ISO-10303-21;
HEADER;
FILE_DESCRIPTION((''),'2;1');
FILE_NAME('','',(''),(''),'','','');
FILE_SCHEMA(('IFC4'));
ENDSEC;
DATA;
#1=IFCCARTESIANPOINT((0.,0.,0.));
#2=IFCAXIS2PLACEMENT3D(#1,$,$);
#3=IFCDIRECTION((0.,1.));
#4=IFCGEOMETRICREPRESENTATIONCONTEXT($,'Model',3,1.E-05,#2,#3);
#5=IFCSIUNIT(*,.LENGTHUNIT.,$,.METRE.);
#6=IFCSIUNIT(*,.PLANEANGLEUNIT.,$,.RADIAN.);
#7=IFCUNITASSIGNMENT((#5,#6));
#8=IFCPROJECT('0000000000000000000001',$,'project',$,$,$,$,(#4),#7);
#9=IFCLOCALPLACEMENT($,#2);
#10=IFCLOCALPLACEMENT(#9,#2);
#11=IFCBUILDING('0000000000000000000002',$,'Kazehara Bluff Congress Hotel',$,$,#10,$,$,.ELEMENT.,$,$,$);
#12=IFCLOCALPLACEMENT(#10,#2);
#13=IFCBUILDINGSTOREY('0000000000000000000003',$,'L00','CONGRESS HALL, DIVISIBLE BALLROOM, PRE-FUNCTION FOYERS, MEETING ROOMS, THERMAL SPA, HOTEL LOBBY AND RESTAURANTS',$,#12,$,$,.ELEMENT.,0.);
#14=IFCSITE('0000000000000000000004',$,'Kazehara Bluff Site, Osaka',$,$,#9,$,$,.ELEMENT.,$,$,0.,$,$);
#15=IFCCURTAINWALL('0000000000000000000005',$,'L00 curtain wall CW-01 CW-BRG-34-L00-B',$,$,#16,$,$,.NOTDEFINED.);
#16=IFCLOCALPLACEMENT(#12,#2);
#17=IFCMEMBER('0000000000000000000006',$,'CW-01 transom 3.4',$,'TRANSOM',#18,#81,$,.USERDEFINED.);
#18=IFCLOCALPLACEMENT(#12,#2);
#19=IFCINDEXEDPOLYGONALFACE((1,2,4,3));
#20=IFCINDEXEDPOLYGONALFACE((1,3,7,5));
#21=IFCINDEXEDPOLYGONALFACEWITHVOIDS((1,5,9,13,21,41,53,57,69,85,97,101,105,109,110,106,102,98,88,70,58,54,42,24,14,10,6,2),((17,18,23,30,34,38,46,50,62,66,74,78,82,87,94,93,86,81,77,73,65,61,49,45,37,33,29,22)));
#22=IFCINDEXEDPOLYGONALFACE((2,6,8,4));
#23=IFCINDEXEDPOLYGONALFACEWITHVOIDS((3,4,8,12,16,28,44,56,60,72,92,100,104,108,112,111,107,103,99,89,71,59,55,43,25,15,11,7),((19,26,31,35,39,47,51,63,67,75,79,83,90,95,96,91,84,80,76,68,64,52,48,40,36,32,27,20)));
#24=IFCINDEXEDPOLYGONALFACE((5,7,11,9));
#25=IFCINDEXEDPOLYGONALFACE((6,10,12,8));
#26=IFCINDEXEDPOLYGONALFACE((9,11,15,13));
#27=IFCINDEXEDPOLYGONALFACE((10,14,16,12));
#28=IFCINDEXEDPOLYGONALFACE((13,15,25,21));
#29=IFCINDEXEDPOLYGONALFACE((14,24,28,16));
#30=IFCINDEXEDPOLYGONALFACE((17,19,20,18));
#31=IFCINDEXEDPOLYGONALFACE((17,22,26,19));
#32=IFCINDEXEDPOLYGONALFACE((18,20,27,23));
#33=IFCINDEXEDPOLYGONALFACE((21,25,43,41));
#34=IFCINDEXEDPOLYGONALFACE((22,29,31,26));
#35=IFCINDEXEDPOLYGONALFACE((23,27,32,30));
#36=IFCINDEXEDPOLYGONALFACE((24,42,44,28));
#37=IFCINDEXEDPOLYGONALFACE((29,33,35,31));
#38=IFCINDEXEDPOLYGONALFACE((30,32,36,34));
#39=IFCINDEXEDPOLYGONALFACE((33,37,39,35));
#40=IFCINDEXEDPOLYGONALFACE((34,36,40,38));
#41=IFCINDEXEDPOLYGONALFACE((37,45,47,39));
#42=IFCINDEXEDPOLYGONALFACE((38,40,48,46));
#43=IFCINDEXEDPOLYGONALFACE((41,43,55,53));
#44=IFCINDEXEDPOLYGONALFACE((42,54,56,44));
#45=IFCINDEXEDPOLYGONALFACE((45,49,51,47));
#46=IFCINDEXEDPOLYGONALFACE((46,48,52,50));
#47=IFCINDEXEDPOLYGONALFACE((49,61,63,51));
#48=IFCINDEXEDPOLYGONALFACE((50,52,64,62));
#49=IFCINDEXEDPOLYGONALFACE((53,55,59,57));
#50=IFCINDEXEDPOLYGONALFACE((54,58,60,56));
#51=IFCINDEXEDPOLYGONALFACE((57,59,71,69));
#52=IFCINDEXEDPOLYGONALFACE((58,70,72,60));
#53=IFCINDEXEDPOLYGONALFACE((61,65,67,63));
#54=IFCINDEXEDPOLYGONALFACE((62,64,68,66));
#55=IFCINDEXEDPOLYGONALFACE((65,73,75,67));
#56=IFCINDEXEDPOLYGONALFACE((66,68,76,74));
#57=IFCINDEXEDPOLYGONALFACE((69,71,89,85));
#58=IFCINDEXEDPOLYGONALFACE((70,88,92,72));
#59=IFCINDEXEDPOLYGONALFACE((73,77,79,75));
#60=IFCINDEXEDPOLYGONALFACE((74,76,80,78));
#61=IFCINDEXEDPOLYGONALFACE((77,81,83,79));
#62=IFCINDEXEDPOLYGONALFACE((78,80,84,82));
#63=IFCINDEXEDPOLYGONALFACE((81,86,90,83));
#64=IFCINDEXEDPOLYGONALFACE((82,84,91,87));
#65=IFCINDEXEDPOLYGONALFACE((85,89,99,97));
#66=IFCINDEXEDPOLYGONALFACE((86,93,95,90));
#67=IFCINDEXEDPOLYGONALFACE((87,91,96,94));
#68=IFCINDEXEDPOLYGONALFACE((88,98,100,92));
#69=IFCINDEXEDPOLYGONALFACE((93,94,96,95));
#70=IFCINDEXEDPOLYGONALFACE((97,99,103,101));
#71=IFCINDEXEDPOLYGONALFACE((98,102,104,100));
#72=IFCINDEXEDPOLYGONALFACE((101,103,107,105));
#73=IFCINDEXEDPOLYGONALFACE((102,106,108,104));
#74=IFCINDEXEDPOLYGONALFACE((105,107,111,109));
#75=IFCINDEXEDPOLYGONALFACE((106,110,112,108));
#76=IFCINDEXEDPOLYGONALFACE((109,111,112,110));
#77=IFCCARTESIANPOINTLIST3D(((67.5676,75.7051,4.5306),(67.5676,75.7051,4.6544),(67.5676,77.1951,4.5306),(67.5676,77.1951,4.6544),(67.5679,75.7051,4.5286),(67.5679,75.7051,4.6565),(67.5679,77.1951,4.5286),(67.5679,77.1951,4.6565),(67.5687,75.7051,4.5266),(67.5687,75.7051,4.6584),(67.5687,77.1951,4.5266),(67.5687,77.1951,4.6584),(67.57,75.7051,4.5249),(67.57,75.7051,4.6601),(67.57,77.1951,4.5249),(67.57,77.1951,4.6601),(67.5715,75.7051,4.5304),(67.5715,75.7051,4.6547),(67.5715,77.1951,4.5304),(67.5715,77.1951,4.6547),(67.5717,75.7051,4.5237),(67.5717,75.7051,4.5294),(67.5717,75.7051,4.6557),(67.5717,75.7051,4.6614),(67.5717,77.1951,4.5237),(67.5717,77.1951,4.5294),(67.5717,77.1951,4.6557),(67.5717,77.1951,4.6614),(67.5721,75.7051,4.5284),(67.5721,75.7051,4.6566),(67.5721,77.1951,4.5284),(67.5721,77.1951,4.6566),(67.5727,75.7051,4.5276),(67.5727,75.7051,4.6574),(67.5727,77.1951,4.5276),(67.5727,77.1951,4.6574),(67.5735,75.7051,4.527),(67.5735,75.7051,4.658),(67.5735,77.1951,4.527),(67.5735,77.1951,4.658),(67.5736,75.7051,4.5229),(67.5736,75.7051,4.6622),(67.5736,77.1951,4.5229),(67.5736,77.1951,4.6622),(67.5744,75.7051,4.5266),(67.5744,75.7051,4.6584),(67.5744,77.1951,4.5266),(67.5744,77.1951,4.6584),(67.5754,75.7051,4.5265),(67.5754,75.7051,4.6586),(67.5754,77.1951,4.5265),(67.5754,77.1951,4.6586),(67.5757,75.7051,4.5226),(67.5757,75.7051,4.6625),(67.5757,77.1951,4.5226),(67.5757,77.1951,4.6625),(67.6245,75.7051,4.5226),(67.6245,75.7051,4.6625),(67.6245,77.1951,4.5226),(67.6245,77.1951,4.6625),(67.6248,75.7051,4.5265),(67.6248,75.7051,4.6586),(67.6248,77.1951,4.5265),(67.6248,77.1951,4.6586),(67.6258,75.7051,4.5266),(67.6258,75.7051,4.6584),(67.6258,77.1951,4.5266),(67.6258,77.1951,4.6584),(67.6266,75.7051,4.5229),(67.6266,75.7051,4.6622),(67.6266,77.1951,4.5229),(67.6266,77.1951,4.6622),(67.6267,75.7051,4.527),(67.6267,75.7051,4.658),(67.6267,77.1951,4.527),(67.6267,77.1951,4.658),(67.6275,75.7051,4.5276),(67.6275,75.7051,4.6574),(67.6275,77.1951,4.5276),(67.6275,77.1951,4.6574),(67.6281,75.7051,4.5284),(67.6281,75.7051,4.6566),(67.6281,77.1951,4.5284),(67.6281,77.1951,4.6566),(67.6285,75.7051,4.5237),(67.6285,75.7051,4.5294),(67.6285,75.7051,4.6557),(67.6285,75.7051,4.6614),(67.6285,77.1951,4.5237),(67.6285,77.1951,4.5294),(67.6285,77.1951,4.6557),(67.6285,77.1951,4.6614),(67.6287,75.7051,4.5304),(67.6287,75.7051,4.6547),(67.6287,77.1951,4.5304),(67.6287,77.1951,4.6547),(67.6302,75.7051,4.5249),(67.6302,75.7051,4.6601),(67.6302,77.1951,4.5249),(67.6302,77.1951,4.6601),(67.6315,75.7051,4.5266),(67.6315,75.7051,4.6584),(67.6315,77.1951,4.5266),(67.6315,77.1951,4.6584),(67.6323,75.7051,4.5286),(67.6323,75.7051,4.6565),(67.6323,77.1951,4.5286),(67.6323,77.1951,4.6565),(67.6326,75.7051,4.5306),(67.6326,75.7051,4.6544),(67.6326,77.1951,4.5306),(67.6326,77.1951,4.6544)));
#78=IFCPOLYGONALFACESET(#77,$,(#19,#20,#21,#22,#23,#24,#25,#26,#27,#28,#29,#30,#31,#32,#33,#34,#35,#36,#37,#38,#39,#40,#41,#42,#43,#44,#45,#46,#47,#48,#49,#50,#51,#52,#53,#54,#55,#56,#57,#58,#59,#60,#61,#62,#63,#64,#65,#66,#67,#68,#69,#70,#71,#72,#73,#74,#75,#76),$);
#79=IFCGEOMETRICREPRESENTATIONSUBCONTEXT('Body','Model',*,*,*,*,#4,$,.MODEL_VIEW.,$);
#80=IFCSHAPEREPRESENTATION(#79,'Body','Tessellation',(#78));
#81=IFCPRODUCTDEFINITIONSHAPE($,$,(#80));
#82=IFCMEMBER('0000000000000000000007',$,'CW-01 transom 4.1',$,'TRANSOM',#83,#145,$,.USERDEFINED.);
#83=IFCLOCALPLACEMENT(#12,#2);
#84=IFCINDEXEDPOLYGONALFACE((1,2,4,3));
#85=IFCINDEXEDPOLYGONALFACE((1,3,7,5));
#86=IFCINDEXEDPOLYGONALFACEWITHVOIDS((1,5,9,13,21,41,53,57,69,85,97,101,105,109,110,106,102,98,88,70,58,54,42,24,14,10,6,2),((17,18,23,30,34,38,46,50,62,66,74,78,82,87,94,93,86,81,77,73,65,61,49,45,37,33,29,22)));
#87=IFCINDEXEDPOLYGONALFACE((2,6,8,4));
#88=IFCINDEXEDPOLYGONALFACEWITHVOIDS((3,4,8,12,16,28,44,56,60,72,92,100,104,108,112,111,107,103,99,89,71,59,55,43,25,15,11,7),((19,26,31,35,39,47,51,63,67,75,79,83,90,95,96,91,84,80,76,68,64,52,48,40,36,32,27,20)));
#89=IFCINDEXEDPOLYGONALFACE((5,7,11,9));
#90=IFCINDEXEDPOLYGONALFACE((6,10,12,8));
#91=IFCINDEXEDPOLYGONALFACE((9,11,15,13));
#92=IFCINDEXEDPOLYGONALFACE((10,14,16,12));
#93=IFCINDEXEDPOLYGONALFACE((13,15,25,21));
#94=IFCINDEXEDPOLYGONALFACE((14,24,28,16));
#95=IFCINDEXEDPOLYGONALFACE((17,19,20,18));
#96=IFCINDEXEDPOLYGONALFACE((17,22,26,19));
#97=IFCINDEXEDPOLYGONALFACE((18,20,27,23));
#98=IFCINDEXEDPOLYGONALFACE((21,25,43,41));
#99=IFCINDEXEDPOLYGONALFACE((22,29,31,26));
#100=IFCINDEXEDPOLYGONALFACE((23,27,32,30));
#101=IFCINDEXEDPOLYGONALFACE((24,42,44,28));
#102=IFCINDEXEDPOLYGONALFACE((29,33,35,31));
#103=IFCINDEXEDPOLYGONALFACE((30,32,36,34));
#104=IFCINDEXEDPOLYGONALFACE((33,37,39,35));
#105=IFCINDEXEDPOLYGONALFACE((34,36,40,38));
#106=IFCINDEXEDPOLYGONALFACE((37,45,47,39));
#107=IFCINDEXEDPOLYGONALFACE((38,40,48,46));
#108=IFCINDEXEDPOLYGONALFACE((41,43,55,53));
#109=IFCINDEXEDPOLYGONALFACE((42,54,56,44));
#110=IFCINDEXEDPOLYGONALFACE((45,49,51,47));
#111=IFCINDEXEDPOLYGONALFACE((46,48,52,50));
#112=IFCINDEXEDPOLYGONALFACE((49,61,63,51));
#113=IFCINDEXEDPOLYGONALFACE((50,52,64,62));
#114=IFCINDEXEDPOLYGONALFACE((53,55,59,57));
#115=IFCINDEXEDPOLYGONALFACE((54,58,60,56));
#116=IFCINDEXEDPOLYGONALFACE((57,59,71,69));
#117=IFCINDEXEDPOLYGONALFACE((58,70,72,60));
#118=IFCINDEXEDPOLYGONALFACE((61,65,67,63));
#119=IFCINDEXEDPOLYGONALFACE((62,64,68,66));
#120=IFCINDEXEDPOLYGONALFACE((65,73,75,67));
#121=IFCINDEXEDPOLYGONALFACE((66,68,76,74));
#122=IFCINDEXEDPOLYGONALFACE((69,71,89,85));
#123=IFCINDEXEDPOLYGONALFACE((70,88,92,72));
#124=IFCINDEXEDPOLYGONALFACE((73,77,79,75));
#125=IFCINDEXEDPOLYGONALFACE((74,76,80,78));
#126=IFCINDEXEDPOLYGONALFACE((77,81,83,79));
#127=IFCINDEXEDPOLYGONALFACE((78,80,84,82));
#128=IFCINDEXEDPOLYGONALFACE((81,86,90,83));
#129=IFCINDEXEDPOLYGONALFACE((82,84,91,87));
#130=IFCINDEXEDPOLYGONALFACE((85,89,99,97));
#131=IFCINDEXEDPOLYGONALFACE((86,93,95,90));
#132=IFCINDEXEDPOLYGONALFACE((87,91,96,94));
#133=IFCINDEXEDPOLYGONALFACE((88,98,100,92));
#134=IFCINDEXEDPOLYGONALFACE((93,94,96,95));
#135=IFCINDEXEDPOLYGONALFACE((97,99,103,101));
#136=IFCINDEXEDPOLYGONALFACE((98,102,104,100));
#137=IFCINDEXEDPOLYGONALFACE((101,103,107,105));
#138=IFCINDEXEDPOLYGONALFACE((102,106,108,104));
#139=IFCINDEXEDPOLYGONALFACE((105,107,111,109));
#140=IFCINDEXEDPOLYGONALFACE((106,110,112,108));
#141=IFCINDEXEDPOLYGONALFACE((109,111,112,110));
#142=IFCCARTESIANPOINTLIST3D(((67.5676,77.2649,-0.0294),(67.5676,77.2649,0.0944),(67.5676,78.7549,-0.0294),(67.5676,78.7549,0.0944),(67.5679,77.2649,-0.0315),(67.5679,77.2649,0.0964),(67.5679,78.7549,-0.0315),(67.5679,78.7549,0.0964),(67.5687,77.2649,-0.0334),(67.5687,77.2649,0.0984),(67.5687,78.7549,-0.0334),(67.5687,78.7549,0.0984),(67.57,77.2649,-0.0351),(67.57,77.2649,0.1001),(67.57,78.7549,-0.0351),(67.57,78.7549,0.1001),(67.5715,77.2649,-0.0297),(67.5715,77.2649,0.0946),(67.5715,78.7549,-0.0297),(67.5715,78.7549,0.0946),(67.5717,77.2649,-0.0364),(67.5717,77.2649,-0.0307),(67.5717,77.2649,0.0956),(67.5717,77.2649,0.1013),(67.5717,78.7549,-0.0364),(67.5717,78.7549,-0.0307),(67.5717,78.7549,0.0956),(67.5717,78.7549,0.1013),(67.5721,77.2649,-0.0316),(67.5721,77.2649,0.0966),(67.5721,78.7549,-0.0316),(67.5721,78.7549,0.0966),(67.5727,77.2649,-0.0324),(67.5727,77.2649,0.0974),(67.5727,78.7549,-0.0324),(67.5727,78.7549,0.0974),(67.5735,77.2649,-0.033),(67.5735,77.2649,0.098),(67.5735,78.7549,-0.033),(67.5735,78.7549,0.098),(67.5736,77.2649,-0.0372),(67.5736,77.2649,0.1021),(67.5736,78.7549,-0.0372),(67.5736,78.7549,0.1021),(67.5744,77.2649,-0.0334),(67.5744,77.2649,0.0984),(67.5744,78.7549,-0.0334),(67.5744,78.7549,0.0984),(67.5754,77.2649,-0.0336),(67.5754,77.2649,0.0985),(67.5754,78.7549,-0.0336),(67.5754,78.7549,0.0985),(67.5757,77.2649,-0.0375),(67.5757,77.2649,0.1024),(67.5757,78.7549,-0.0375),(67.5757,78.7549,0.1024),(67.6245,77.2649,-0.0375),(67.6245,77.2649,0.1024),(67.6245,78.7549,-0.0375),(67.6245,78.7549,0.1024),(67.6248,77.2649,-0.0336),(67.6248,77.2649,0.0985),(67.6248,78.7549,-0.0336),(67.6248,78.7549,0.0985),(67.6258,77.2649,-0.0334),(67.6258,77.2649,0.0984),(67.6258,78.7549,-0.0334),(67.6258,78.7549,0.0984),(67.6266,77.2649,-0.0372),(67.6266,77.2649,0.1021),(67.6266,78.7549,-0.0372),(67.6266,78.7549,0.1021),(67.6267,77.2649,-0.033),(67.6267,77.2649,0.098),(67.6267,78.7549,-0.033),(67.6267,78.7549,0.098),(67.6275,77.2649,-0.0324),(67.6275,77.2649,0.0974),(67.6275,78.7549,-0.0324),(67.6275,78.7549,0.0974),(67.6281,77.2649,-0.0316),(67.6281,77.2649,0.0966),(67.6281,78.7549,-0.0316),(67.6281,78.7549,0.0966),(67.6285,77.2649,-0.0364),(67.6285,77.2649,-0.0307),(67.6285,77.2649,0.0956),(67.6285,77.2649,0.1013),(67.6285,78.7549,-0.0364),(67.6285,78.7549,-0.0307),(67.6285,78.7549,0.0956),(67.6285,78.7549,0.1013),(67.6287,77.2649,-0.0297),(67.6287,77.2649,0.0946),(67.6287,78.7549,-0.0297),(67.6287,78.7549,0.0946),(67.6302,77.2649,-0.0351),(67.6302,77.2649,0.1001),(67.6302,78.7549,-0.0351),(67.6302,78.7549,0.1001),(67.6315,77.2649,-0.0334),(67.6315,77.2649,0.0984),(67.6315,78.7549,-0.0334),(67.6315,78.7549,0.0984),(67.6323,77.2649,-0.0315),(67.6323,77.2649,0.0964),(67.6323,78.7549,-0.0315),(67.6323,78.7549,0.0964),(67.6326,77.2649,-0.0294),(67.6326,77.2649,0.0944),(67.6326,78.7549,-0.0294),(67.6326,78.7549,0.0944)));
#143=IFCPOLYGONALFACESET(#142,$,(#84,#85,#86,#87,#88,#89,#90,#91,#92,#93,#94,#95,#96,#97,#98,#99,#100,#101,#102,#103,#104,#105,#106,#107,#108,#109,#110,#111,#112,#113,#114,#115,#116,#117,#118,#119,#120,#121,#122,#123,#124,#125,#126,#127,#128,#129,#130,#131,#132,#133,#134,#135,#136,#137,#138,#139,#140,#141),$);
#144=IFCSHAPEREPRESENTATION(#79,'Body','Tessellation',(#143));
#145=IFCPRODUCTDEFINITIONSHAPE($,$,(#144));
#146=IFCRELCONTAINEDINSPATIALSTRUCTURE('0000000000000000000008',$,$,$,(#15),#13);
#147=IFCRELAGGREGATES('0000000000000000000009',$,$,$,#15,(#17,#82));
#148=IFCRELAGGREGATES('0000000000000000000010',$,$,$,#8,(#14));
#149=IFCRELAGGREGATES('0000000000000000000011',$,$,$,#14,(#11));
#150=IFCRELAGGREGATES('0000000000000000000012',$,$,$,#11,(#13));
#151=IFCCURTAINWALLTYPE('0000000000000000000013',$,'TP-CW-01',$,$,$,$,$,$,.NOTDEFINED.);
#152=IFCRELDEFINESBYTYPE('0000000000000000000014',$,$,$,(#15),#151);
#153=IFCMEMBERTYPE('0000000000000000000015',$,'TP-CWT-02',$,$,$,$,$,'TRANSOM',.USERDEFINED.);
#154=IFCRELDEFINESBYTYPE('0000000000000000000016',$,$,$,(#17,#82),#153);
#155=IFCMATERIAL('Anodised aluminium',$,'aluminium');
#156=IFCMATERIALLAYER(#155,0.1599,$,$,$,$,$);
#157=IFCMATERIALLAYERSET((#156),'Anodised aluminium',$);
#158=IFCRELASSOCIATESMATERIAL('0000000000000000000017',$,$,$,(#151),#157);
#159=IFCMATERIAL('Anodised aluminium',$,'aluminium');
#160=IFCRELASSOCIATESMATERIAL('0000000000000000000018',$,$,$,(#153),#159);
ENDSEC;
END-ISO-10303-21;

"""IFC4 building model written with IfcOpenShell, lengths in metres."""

from ifc_helpers import new_model, si_unit, direction, frame, origin, origin_2d, place, context, subcontext, project, spatial, hollow_rectangle, extrude, material, layer, layer_set, material_profile, profile_set, type_object, element, aggregate, save


model = new_model("IFC4")

# Units and contexts
model_context = context("Model", 3, precision=1e-05, world=origin(), true_north=direction((0.0, 1.0)))
body_context = subcontext(model_context, "Body", "Model", "MODEL_VIEW")
ifc_project = project(units=[si_unit("LENGTHUNIT", "METRE"), si_unit("PLANEANGLEUNIT", "RADIAN")], contexts=[model_context])

# Site, building, storey
site_placement = place(None, origin())
site = spatial("IfcSite", under=ifc_project, at=site_placement, Name="Kazehara Bluff Site, Osaka", CompositionType="ELEMENT", RefElevation=0.0)
building_placement = place(site_placement, origin())
building = spatial("IfcBuilding", under=site, at=building_placement, Name="Kazehara Bluff Congress Hotel", CompositionType="ELEMENT")
storey_placement = place(building_placement, origin())
storey = spatial("IfcBuildingStorey", under=building, at=storey_placement, Name="L00", Description="CONGRESS HALL, DIVISIBLE BALLROOM, PRE-FUNCTION FOYERS, MEETING ROOMS, THERMAL SPA, HOTEL LOBBY AND RESTAURANTS", CompositionType="ELEMENT", Elevation=0.0)

# Curtain wall
ifc_material_1 = material(Name="Anodised aluminium", Category="aluminium")
ifc_layer_1 = layer(ifc_material_1, 0.1599)
ifc_layer_set_1 = layer_set([ifc_layer_1], Name="Anodised aluminium")
curtain_wall_type_1 = type_object("IfcCurtainWallType", Name="TP-CW-01", PredefinedType="NOTDEFINED", material=ifc_layer_set_1)
curtain_wall_1_placement = place(storey_placement, origin())
curtain_wall_1 = element("IfcCurtainWall", 1, at=curtain_wall_1_placement, inside=storey, type_object=curtain_wall_type_1, Name="L00 curtain wall CW-01 CW-BRG-34-L00-B", PredefinedType="NOTDEFINED")

# Members
ifc_material_2 = material(Name="Anodised aluminium", Category="aluminium")
ifc_material_profile_1 = material_profile(ifc_material_2, hollow_rectangle(XDim=0.0649, YDim=0.1399, WallThickness=0.0039, InnerFilletRadius=0.0039, OuterFilletRadius=0.0081, at=origin_2d()))
ifc_profile_set_1 = profile_set([ifc_material_profile_1], Name="Anodised aluminium")
member_type_1 = type_object("IfcMemberType", Name="TP-CWT-02", ElementType="TRANSOM", PredefinedType="USERDEFINED", material=ifc_profile_set_1)
member_1_placement = place(storey_placement, frame((67.6001, 75.7051, 4.5925), z_axis=(0.0, 1.0, 0.0), x_axis=(-1.0, 0.0, 0.0)))
member_1 = element("IfcMember", 2, at=member_1_placement, type_object=member_type_1, Name="CW-01 transom 3.4", ObjectType="TRANSOM", PredefinedType="USERDEFINED", context=body_context, shape_type="SweptSolid", body=[
    extrude(hollow_rectangle(XDim=0.0649, YDim=0.1399, WallThickness=0.0039, InnerFilletRadius=0.0039, OuterFilletRadius=0.0081, at=origin_2d()), origin(), (0.0, 0.0, 1.0), 1.49),
])
member_2_placement = place(storey_placement, frame((67.6001, 77.2649, 0.0325), z_axis=(0.0, 1.0, 0.0), x_axis=(-1.0, 0.0, 0.0)))
member_2 = element("IfcMember", 3, at=member_2_placement, type_object=member_type_1, Name="CW-01 transom 4.1", ObjectType="TRANSOM", PredefinedType="USERDEFINED", context=body_context, shape_type="SweptSolid", body=[
    extrude(hollow_rectangle(XDim=0.0649, YDim=0.1399, WallThickness=0.0039, InnerFilletRadius=0.0039, OuterFilletRadius=0.0081, at=origin_2d()), origin(), (0.0, 0.0, 1.0), 1.49),
])

aggregate(curtain_wall_1, [member_1, member_2])

save(model, "model.ifc")
